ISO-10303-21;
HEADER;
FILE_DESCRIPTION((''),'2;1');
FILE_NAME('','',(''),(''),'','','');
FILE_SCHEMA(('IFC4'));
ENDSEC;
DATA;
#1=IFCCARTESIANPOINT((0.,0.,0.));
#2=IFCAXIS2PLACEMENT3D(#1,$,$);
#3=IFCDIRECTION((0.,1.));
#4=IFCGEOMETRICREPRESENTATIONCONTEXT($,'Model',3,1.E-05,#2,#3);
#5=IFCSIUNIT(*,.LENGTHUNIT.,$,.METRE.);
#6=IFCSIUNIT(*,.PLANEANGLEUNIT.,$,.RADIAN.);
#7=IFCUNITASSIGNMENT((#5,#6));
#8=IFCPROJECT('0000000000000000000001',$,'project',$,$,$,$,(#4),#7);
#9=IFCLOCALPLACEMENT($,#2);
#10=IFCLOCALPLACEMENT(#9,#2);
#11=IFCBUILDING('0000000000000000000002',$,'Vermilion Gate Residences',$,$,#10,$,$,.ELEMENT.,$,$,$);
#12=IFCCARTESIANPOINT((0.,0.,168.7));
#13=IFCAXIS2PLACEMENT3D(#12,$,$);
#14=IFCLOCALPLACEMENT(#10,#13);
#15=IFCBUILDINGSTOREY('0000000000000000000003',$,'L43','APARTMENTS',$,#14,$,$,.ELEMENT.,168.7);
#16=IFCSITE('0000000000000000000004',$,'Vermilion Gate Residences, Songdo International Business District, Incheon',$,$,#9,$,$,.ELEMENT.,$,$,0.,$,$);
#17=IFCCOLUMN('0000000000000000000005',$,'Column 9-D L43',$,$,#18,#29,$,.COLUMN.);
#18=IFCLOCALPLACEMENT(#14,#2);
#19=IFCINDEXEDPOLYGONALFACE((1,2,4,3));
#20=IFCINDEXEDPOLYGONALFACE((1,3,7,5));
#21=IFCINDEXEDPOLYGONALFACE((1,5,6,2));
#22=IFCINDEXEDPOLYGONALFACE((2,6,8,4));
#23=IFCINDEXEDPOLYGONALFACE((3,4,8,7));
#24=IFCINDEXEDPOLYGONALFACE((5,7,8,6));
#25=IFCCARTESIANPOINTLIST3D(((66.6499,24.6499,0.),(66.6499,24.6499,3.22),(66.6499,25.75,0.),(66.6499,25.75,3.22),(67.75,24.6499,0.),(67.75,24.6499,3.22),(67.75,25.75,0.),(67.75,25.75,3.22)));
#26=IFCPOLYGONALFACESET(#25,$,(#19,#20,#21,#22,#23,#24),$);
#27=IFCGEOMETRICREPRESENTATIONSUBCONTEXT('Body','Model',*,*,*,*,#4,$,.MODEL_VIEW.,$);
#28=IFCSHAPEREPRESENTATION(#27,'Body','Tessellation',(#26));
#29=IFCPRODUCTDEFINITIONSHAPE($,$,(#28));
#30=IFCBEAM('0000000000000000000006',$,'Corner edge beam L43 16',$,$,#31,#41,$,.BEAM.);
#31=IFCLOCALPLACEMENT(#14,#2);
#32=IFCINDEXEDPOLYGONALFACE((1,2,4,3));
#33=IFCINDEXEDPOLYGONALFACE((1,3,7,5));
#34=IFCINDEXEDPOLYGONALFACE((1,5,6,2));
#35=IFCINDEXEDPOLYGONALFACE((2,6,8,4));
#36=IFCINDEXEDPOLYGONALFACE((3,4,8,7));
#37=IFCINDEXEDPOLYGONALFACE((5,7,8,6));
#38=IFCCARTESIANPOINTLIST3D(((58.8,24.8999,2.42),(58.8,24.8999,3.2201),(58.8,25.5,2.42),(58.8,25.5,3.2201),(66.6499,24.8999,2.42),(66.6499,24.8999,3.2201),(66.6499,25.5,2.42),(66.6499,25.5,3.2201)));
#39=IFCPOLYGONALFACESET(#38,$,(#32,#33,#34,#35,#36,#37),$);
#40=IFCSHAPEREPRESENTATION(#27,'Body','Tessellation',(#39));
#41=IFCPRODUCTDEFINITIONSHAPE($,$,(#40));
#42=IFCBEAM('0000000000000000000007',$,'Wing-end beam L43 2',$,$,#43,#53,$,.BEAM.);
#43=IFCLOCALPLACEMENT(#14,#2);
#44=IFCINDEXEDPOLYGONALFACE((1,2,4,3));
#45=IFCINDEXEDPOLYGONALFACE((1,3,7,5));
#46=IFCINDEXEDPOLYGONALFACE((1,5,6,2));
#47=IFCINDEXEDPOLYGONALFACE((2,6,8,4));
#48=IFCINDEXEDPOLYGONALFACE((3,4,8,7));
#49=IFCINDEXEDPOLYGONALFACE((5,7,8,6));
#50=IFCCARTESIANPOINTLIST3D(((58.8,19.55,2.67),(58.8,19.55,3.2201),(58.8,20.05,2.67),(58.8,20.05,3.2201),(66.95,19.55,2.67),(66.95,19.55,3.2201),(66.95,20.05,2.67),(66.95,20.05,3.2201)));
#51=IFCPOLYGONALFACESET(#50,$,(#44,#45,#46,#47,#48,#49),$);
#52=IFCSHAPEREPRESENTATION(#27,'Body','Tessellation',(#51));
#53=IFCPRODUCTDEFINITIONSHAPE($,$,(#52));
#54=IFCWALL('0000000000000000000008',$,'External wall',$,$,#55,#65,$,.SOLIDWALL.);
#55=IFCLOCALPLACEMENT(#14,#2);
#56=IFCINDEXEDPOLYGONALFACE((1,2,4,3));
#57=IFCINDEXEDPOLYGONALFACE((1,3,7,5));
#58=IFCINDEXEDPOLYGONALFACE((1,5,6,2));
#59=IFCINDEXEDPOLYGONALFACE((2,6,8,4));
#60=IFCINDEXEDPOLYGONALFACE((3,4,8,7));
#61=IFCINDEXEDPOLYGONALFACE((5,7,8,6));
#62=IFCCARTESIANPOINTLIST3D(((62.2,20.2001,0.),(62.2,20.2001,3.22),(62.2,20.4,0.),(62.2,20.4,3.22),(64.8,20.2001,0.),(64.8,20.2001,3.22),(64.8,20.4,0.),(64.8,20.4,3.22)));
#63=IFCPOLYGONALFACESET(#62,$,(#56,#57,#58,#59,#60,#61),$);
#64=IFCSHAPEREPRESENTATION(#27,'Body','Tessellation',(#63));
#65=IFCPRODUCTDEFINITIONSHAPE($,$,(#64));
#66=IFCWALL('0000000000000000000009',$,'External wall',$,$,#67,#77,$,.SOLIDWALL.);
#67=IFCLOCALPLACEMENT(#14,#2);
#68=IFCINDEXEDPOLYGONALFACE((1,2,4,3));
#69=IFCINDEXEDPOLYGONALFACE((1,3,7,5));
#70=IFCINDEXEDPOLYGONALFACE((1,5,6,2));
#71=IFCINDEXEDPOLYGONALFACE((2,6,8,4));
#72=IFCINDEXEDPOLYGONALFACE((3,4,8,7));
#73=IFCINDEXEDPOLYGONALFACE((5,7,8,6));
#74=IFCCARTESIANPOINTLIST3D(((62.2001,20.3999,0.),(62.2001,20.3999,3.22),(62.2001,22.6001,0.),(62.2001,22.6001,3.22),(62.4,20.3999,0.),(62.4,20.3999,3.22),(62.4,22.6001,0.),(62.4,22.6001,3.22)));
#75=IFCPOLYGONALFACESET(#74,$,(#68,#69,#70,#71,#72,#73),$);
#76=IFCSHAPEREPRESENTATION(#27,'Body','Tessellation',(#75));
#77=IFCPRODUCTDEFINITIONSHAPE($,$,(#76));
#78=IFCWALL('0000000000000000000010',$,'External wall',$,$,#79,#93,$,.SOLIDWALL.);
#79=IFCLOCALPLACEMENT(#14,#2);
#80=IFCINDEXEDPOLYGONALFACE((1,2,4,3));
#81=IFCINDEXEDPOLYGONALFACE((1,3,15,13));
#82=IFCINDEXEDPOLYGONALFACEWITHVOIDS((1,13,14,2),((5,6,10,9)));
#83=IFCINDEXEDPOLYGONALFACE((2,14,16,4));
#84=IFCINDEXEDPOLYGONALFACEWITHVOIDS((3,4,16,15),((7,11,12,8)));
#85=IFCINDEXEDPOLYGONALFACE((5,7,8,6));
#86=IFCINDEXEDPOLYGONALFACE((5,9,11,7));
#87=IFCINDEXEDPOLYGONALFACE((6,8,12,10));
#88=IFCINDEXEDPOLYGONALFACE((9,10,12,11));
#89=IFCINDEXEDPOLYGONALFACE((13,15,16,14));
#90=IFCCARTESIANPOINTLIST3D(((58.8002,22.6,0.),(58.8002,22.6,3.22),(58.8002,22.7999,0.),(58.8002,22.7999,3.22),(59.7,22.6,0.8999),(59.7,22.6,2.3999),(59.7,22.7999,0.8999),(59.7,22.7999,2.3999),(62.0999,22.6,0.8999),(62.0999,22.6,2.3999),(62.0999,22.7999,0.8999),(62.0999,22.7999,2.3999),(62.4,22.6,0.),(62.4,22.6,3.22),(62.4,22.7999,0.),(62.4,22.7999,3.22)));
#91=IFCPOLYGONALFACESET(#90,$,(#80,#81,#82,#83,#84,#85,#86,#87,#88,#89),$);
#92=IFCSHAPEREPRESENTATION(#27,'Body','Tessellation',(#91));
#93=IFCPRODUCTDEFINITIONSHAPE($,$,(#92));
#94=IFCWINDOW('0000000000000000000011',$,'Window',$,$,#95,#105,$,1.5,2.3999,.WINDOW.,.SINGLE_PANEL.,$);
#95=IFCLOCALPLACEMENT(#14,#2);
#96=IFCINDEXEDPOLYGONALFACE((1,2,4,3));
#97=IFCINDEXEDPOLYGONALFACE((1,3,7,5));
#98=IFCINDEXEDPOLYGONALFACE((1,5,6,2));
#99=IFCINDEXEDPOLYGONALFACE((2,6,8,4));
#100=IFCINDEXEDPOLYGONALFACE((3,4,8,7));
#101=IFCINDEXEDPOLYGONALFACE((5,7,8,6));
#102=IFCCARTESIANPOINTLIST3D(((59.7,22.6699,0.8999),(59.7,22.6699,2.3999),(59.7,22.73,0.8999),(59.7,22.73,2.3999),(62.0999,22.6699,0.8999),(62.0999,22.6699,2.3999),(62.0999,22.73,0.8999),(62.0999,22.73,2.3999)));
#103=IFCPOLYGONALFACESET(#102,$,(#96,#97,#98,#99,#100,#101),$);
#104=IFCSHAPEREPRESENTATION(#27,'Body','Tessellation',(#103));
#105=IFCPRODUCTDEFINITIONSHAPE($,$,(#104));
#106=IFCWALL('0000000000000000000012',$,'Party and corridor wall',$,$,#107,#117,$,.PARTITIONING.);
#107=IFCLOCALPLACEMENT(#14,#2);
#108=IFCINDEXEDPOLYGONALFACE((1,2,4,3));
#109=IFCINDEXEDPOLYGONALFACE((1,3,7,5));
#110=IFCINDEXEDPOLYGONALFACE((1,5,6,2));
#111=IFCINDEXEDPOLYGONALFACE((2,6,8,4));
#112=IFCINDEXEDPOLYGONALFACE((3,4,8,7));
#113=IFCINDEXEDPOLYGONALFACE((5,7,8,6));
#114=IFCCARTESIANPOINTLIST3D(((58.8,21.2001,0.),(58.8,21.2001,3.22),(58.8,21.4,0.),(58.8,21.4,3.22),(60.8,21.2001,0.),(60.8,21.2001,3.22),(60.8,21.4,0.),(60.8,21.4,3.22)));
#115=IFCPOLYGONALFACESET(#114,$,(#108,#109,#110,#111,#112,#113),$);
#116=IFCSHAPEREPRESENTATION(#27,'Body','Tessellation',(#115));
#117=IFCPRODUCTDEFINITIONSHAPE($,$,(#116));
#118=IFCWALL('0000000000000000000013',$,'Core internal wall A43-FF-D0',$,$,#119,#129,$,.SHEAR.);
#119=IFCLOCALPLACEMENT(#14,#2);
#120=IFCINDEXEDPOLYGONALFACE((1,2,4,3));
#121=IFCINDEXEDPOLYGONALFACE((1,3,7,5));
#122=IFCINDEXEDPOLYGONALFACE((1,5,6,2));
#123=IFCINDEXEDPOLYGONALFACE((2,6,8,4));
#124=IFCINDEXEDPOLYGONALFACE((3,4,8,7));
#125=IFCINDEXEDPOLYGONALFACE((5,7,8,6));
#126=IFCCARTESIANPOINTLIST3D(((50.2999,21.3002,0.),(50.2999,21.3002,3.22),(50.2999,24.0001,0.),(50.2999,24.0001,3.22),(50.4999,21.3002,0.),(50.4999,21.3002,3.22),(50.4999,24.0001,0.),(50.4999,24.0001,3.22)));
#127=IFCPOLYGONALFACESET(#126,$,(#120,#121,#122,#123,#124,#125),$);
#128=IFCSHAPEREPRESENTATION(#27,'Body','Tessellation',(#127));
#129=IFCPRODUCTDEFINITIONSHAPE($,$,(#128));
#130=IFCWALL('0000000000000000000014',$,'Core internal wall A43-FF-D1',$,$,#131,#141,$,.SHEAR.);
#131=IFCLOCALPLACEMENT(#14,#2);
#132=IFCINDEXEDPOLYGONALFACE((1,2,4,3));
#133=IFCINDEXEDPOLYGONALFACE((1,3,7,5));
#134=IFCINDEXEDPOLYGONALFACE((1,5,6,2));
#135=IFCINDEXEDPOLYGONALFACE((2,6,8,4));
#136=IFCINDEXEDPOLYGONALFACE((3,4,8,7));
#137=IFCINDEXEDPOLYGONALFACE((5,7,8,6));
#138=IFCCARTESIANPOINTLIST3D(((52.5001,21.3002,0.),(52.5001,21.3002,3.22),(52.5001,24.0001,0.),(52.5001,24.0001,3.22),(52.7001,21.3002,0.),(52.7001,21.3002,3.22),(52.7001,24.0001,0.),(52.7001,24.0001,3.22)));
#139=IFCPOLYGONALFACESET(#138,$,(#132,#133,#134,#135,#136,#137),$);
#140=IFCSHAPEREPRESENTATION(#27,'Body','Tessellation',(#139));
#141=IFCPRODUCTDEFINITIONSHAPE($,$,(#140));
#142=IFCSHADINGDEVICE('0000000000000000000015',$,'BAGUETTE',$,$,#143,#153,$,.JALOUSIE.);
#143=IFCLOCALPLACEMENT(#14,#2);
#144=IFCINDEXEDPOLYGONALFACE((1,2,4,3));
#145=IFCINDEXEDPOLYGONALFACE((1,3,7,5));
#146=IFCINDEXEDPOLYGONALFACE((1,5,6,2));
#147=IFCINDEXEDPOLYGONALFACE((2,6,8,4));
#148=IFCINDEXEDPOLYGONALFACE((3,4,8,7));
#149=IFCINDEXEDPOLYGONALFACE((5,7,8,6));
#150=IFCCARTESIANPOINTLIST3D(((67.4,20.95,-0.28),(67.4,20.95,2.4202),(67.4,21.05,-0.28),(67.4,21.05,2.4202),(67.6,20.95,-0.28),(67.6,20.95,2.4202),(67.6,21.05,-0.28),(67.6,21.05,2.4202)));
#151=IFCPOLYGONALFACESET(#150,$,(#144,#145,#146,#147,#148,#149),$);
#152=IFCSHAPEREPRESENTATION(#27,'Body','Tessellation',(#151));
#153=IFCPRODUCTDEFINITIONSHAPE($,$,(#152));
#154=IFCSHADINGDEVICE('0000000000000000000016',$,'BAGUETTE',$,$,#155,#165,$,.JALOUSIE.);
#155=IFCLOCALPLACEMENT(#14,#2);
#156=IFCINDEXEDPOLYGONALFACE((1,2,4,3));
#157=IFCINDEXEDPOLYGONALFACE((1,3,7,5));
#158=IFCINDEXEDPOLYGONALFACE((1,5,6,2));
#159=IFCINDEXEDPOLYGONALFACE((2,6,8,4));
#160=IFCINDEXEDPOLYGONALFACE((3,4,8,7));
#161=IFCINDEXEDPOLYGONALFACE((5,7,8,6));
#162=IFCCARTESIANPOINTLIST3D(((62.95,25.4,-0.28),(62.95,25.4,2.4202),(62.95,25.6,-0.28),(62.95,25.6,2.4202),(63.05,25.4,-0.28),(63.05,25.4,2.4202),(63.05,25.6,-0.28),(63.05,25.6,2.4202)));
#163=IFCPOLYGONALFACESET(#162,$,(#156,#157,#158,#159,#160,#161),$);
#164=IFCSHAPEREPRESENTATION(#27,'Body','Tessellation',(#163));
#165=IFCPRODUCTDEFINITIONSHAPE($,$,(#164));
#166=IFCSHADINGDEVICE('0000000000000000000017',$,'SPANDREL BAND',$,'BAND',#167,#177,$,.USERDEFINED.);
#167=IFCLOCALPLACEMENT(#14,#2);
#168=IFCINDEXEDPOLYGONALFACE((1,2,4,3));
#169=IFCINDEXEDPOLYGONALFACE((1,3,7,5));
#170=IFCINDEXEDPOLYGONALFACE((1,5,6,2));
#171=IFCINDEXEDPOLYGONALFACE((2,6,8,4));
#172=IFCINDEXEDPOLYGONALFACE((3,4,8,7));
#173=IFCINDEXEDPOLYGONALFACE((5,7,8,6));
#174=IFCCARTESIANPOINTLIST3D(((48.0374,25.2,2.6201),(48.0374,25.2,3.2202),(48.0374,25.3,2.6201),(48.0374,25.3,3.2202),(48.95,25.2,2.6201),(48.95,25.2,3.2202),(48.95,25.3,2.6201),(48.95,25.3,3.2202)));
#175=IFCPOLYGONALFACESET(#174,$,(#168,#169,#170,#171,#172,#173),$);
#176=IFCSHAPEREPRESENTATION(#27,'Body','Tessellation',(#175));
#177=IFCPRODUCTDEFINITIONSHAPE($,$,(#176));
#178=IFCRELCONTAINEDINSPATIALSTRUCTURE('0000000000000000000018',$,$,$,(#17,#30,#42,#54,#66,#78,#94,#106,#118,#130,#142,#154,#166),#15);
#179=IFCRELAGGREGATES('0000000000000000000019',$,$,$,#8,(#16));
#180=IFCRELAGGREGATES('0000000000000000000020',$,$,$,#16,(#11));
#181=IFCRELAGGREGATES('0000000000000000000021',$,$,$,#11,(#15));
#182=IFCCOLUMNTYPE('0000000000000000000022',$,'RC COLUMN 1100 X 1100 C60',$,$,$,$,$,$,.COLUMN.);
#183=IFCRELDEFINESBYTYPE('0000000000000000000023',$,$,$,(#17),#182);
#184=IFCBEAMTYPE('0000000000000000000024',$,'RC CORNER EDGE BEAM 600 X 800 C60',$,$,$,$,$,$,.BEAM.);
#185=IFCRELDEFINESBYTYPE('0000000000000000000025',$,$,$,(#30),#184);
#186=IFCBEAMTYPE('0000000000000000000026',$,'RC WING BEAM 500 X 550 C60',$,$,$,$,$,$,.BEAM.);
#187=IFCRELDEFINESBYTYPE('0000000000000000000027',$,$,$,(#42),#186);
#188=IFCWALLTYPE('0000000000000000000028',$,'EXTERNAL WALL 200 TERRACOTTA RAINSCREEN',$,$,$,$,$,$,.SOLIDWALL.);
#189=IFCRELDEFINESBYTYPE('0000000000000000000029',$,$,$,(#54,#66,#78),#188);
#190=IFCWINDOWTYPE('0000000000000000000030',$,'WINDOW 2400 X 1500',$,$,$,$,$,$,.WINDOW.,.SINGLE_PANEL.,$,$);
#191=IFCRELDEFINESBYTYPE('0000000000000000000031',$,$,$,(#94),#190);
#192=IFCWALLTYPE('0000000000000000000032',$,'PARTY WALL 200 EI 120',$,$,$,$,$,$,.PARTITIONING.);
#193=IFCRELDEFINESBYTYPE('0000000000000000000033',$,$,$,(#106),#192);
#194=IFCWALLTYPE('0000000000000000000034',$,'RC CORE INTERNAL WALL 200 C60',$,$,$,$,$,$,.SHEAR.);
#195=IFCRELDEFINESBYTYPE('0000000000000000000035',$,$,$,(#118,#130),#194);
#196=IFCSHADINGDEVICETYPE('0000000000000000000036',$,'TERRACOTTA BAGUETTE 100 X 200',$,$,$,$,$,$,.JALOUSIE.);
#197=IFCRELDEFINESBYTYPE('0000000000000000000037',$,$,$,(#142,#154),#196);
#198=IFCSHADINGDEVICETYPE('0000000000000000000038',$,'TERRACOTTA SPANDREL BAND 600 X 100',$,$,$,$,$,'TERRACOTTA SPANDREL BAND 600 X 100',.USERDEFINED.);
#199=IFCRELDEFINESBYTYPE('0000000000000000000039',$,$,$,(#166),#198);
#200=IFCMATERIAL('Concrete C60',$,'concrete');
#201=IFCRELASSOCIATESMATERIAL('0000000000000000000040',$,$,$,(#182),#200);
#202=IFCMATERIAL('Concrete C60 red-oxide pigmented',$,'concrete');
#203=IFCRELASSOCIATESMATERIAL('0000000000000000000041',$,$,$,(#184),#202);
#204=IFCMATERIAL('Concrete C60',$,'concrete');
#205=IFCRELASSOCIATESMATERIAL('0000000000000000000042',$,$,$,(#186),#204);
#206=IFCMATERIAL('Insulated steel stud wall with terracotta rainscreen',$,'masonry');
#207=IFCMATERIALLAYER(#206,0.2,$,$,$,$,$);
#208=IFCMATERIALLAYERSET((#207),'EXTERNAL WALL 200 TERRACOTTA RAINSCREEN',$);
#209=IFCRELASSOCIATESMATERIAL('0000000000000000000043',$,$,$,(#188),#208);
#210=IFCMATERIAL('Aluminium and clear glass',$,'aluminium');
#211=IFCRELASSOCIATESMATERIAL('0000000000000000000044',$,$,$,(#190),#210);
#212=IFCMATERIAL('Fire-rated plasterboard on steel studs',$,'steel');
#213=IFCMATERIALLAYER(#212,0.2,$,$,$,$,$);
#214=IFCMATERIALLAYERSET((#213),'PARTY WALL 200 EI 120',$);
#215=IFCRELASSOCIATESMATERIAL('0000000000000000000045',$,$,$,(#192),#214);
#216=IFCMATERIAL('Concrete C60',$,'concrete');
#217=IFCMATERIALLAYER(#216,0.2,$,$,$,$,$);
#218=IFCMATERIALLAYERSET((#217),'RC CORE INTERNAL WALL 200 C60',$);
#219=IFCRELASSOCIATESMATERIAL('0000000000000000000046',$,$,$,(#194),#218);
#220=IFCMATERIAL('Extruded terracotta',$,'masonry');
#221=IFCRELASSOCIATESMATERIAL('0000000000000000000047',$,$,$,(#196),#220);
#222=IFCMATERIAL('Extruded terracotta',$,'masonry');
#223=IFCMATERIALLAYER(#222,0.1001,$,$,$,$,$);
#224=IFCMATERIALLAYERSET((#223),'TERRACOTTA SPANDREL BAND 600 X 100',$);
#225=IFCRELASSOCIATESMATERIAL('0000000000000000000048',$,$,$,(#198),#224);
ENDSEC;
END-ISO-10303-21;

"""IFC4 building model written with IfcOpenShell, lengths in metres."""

from ifc_helpers import new_model, si_unit, direction, frame, frame_2d, origin, origin_2d, place, context, subcontext, project, spatial, rectangle, extrude, material, layer, layer_set, material_profile, profile_set, type_object, element, fill, save


model = new_model("IFC4")

# Units and contexts
model_context = context("Model", 3, precision=1e-05, world=origin(), true_north=direction((0.0, 1.0)))
body_context = subcontext(model_context, "Body", "Model", "MODEL_VIEW")
ifc_project = project(units=[si_unit("LENGTHUNIT", "METRE"), si_unit("PLANEANGLEUNIT", "RADIAN")], contexts=[model_context])

# Site, building, storey
site_placement = place(None, origin())
site = spatial("IfcSite", under=ifc_project, at=site_placement, Name="Vermilion Gate Residences, Songdo International Business District, Incheon", CompositionType="ELEMENT", RefElevation=0.0)
building_placement = place(site_placement, origin())
building = spatial("IfcBuilding", under=site, at=building_placement, Name="Vermilion Gate Residences", CompositionType="ELEMENT")
storey_placement = place(building_placement, frame((0.0, 0.0, 168.7)))
storey = spatial("IfcBuildingStorey", under=building, at=storey_placement, Name="L43", Description="APARTMENTS", CompositionType="ELEMENT", Elevation=168.7)

# Column
ifc_material_1 = material(Name="Concrete C60", Category="concrete")
ifc_material_profile_1 = material_profile(ifc_material_1, rectangle(XDim=1.1001, YDim=1.1001, at=origin_2d()), Name="RC-1100x1100")
ifc_profile_set_1 = profile_set([ifc_material_profile_1], Name="Concrete C60")
column_type = type_object("IfcColumnType", Name="RC COLUMN 1100 X 1100 C60", PredefinedType="COLUMN", material=ifc_profile_set_1)
column_placement = place(storey_placement, frame((67.2, 25.2, 0.0), z_axis=(0.0, 0.0, 1.0), x_axis=(1.0, 0.0, 0.0)))
element("IfcColumn", 1, at=column_placement, inside=storey, type_object=column_type, Name="Column 9-D L43", PredefinedType="COLUMN", context=body_context, shape_type="SweptSolid", body=[
    extrude(rectangle(XDim=1.1001, YDim=1.1001, at=origin_2d()), origin(), (0.0, 0.0, 1.0), 3.22),
])

# Beams
ifc_material_2 = material(Name="Concrete C60 red-oxide pigmented", Category="concrete")
ifc_material_profile_2 = material_profile(ifc_material_2, rectangle(XDim=0.6001, YDim=0.8, at=origin_2d()), Name="RC-600x800")
ifc_profile_set_2 = profile_set([ifc_material_profile_2], Name="Concrete C60 red-oxide pigmented")
beam_type_1 = type_object("IfcBeamType", Name="RC CORNER EDGE BEAM 600 X 800 C60", PredefinedType="BEAM", material=ifc_profile_set_2)
beam_1_placement = place(storey_placement, frame((58.8, 25.2, 2.8201), z_axis=(1.0, 0.0, 0.0), x_axis=(0.0, 1.0, 0.0)))
element("IfcBeam", 2, at=beam_1_placement, inside=storey, type_object=beam_type_1, Name="Corner edge beam L43 16", PredefinedType="BEAM", context=body_context, shape_type="SweptSolid", body=[
    extrude(rectangle(XDim=0.6001, YDim=0.8, at=origin_2d()), origin(), (0.0, 0.0, 1.0), 7.8499),
])
ifc_material_3 = material(Name="Concrete C60", Category="concrete")
ifc_material_profile_3 = material_profile(ifc_material_3, rectangle(XDim=0.5, YDim=0.55, at=origin_2d()), Name="RC-500x550")
ifc_profile_set_3 = profile_set([ifc_material_profile_3], Name="Concrete C60")
beam_type_2 = type_object("IfcBeamType", Name="RC WING BEAM 500 X 550 C60", PredefinedType="BEAM", material=ifc_profile_set_3)
beam_2_placement = place(storey_placement, frame((58.8, 19.8, 2.9451), z_axis=(1.0, 0.0, 0.0), x_axis=(0.0, 1.0, 0.0)))
element("IfcBeam", 3, at=beam_2_placement, inside=storey, type_object=beam_type_2, Name="Wing-end beam L43 2", PredefinedType="BEAM", context=body_context, shape_type="SweptSolid", body=[
    extrude(rectangle(XDim=0.5, YDim=0.55, at=origin_2d()), origin(), (0.0, 0.0, 1.0), 8.1499),
])

# Walls
ifc_material_4 = material(Name="Insulated steel stud wall with terracotta rainscreen", Category="masonry")
ifc_layer_1 = layer(ifc_material_4, 0.2)
ifc_layer_set_1 = layer_set([ifc_layer_1], Name="EXTERNAL WALL 200 TERRACOTTA RAINSCREEN")
wall_type_1 = type_object("IfcWallType", Name="EXTERNAL WALL 200 TERRACOTTA RAINSCREEN", PredefinedType="SOLIDWALL", material=ifc_layer_set_1)
wall_1_placement = place(storey_placement, frame((64.8, 20.3, 0.0), z_axis=(0.0, 0.0, 1.0), x_axis=(-1.0, 0.0, 0.0)))
element("IfcWall", 4, at=wall_1_placement, inside=storey, type_object=wall_type_1, Name="External wall", PredefinedType="SOLIDWALL", context=body_context, shape_type="SweptSolid", body=[
    extrude(rectangle(XDim=2.6001, YDim=0.2, at=frame_2d((1.3, 0.0))), origin(), (0.0, 0.0, 1.0), 3.22),
])
wall_2_placement = place(storey_placement, frame((62.3, 20.3999, 0.0), z_axis=(0.0, 0.0, 1.0), x_axis=(0.0, 1.0, 0.0)))
element("IfcWall", 5, at=wall_2_placement, inside=storey, type_object=wall_type_1, Name="External wall", PredefinedType="SOLIDWALL", context=body_context, shape_type="SweptSolid", body=[
    extrude(rectangle(XDim=2.2002, YDim=0.2, at=frame_2d((1.1001, 0.0))), origin(), (0.0, 0.0, 1.0), 3.22),
])

# Wall, opening, window
wall_3_placement = place(storey_placement, frame((62.3999, 22.7, 0.0), z_axis=(0.0, 0.0, 1.0), x_axis=(-1.0, 0.0, 0.0)))
wall_3 = element("IfcWall", 6, at=wall_3_placement, inside=storey, type_object=wall_type_1, Name="External wall", PredefinedType="SOLIDWALL", context=body_context, shape_type="SweptSolid", body=[
    extrude(rectangle(XDim=3.5999, YDim=0.2, at=frame_2d((1.7998, 0.0))), origin(), (0.0, 0.0, 1.0), 3.22),
])
opening_placement = place(wall_3_placement, frame((0.3, 0.0, 0.8999)))
opening = element("IfcOpeningElement", 7, at=opening_placement, cuts=wall_3, PredefinedType="OPENING", context=body_context, shape_type="SweptSolid", body=[
    extrude(rectangle(XDim=2.3999, YDim=1.5, at=frame_2d((1.2, 0.75))), frame((0.0, 0.1099, 0.0), z_axis=(0.0, -1.0, 0.0), x_axis=(1.0, 0.0, 0.0)), (0.0, 0.0, 1.0), 0.22),
])
ifc_material_5 = material(Name="Aluminium and clear glass", Category="aluminium")
window_type = type_object("IfcWindowType", Name="WINDOW 2400 X 1500", PartitioningType="SINGLE_PANEL", PredefinedType="WINDOW", material=ifc_material_5)
window_placement = place(opening_placement, origin())
window = element("IfcWindow", 8, at=window_placement, inside=storey, type_object=window_type, Name="Window", OverallHeight=1.5, OverallWidth=2.3999, PartitioningType="SINGLE_PANEL", PredefinedType="WINDOW", context=body_context, shape_type="SweptSolid", body=[
    extrude(rectangle(XDim=2.3999, YDim=1.5, at=frame_2d((1.2, 0.75))), frame((0.0, 0.03, 0.0), z_axis=(0.0, -1.0, 0.0), x_axis=(1.0, 0.0, 0.0)), (0.0, 0.0, 1.0), 0.0601),
])
fill(opening, window)

# Walls
ifc_material_6 = material(Name="Fire-rated plasterboard on steel studs", Category="steel")
ifc_layer_2 = layer(ifc_material_6, 0.2)
ifc_layer_set_2 = layer_set([ifc_layer_2], Name="PARTY WALL 200 EI 120")
wall_type_2 = type_object("IfcWallType", Name="PARTY WALL 200 EI 120", PredefinedType="PARTITIONING", material=ifc_layer_set_2)
wall_4_placement = place(storey_placement, frame((58.8, 21.3, 0.0), z_axis=(0.0, 0.0, 1.0), x_axis=(1.0, 0.0, 0.0)))
element("IfcWall", 9, at=wall_4_placement, inside=storey, type_object=wall_type_2, Name="Party and corridor wall", PredefinedType="PARTITIONING", context=body_context, shape_type="SweptSolid", body=[
    extrude(rectangle(XDim=2.0, YDim=0.2, at=frame_2d((1.0, 0.0))), origin(), (0.0, 0.0, 1.0), 3.22),
])
ifc_material_7 = material(Name="Concrete C60", Category="concrete")
ifc_layer_3 = layer(ifc_material_7, 0.2)
ifc_layer_set_3 = layer_set([ifc_layer_3], Name="RC CORE INTERNAL WALL 200 C60")
wall_type_3 = type_object("IfcWallType", Name="RC CORE INTERNAL WALL 200 C60", PredefinedType="SHEAR", material=ifc_layer_set_3)
for number, where, z_axis, x_axis, name in (
    (10, (50.3999, 21.3, 0.0), (0.0, 0.0, 1.0), (0.0, 1.0, 0.0), "Core internal wall A43-FF-D0"),
    (11, (52.6001, 21.3, 0.0), (0.0, 0.0, 1.0), (0.0, 1.0, 0.0), "Core internal wall A43-FF-D1"),
):
    element("IfcWall", number, at=place(storey_placement, frame(where, z_axis=z_axis, x_axis=x_axis)), inside=storey, type_object=wall_type_3, Name=name, PredefinedType="SHEAR", context=body_context, shape_type="SweptSolid", body=[
        extrude(rectangle(XDim=2.7, YDim=0.2, at=frame_2d((1.3501, 0.0))), origin(), (0.0, 0.0, 1.0), 3.22),
    ])

# Shading devices
ifc_material_8 = material(Name="Extruded terracotta", Category="masonry")
ifc_material_profile_4 = material_profile(ifc_material_8, rectangle(XDim=0.2, YDim=0.1001, at=origin_2d()), Name="BAGUETTE 100 X 200")
ifc_profile_set_4 = profile_set([ifc_material_profile_4], Name="Extruded terracotta")
shading_device_type_1 = type_object("IfcShadingDeviceType", Name="TERRACOTTA BAGUETTE 100 X 200", PredefinedType="JALOUSIE", material=ifc_profile_set_4)
for number, where, z_axis, x_axis, name in (
    (12, (67.5, 21.0, -0.28), (0.0, 0.0, 1.0), (-1.0, 0.0, 0.0), "BAGUETTE"),
    (13, (63.0, 25.5, -0.28), (0.0, 0.0, 1.0), (0.0, -1.0, 0.0), "BAGUETTE"),
):
    element("IfcShadingDevice", number, at=place(storey_placement, frame(where, z_axis=z_axis, x_axis=x_axis)), inside=storey, type_object=shading_device_type_1, Name=name, PredefinedType="JALOUSIE", context=body_context, shape_type="SweptSolid", body=[
        extrude(rectangle(XDim=0.2, YDim=0.1001, at=origin_2d()), origin(), (0.0, 0.0, 1.0), 2.7002),
    ])
ifc_material_9 = material(Name="Extruded terracotta", Category="masonry")
ifc_layer_4 = layer(ifc_material_9, 0.1001)
ifc_layer_set_4 = layer_set([ifc_layer_4], Name="TERRACOTTA SPANDREL BAND 600 X 100")
shading_device_type_2 = type_object("IfcShadingDeviceType", Name="TERRACOTTA SPANDREL BAND 600 X 100", ElementType="TERRACOTTA SPANDREL BAND 600 X 100", PredefinedType="USERDEFINED", material=ifc_layer_set_4)
shading_device_1_placement = place(storey_placement, frame((48.4937, 25.25, 2.6201), z_axis=(0.0, 0.0, 1.0), x_axis=(1.0, 0.0, 0.0)))
element("IfcShadingDevice", 14, at=shading_device_1_placement, inside=storey, type_object=shading_device_type_2, Name="SPANDREL BAND", ObjectType="BAND", PredefinedType="USERDEFINED", context=body_context, shape_type="SweptSolid", body=[
    extrude(rectangle(XDim=0.9126, YDim=0.1001, at=origin_2d()), origin(), (0.0, 0.0, 1.0), 0.6001),
])

save(model, "model.ifc")
